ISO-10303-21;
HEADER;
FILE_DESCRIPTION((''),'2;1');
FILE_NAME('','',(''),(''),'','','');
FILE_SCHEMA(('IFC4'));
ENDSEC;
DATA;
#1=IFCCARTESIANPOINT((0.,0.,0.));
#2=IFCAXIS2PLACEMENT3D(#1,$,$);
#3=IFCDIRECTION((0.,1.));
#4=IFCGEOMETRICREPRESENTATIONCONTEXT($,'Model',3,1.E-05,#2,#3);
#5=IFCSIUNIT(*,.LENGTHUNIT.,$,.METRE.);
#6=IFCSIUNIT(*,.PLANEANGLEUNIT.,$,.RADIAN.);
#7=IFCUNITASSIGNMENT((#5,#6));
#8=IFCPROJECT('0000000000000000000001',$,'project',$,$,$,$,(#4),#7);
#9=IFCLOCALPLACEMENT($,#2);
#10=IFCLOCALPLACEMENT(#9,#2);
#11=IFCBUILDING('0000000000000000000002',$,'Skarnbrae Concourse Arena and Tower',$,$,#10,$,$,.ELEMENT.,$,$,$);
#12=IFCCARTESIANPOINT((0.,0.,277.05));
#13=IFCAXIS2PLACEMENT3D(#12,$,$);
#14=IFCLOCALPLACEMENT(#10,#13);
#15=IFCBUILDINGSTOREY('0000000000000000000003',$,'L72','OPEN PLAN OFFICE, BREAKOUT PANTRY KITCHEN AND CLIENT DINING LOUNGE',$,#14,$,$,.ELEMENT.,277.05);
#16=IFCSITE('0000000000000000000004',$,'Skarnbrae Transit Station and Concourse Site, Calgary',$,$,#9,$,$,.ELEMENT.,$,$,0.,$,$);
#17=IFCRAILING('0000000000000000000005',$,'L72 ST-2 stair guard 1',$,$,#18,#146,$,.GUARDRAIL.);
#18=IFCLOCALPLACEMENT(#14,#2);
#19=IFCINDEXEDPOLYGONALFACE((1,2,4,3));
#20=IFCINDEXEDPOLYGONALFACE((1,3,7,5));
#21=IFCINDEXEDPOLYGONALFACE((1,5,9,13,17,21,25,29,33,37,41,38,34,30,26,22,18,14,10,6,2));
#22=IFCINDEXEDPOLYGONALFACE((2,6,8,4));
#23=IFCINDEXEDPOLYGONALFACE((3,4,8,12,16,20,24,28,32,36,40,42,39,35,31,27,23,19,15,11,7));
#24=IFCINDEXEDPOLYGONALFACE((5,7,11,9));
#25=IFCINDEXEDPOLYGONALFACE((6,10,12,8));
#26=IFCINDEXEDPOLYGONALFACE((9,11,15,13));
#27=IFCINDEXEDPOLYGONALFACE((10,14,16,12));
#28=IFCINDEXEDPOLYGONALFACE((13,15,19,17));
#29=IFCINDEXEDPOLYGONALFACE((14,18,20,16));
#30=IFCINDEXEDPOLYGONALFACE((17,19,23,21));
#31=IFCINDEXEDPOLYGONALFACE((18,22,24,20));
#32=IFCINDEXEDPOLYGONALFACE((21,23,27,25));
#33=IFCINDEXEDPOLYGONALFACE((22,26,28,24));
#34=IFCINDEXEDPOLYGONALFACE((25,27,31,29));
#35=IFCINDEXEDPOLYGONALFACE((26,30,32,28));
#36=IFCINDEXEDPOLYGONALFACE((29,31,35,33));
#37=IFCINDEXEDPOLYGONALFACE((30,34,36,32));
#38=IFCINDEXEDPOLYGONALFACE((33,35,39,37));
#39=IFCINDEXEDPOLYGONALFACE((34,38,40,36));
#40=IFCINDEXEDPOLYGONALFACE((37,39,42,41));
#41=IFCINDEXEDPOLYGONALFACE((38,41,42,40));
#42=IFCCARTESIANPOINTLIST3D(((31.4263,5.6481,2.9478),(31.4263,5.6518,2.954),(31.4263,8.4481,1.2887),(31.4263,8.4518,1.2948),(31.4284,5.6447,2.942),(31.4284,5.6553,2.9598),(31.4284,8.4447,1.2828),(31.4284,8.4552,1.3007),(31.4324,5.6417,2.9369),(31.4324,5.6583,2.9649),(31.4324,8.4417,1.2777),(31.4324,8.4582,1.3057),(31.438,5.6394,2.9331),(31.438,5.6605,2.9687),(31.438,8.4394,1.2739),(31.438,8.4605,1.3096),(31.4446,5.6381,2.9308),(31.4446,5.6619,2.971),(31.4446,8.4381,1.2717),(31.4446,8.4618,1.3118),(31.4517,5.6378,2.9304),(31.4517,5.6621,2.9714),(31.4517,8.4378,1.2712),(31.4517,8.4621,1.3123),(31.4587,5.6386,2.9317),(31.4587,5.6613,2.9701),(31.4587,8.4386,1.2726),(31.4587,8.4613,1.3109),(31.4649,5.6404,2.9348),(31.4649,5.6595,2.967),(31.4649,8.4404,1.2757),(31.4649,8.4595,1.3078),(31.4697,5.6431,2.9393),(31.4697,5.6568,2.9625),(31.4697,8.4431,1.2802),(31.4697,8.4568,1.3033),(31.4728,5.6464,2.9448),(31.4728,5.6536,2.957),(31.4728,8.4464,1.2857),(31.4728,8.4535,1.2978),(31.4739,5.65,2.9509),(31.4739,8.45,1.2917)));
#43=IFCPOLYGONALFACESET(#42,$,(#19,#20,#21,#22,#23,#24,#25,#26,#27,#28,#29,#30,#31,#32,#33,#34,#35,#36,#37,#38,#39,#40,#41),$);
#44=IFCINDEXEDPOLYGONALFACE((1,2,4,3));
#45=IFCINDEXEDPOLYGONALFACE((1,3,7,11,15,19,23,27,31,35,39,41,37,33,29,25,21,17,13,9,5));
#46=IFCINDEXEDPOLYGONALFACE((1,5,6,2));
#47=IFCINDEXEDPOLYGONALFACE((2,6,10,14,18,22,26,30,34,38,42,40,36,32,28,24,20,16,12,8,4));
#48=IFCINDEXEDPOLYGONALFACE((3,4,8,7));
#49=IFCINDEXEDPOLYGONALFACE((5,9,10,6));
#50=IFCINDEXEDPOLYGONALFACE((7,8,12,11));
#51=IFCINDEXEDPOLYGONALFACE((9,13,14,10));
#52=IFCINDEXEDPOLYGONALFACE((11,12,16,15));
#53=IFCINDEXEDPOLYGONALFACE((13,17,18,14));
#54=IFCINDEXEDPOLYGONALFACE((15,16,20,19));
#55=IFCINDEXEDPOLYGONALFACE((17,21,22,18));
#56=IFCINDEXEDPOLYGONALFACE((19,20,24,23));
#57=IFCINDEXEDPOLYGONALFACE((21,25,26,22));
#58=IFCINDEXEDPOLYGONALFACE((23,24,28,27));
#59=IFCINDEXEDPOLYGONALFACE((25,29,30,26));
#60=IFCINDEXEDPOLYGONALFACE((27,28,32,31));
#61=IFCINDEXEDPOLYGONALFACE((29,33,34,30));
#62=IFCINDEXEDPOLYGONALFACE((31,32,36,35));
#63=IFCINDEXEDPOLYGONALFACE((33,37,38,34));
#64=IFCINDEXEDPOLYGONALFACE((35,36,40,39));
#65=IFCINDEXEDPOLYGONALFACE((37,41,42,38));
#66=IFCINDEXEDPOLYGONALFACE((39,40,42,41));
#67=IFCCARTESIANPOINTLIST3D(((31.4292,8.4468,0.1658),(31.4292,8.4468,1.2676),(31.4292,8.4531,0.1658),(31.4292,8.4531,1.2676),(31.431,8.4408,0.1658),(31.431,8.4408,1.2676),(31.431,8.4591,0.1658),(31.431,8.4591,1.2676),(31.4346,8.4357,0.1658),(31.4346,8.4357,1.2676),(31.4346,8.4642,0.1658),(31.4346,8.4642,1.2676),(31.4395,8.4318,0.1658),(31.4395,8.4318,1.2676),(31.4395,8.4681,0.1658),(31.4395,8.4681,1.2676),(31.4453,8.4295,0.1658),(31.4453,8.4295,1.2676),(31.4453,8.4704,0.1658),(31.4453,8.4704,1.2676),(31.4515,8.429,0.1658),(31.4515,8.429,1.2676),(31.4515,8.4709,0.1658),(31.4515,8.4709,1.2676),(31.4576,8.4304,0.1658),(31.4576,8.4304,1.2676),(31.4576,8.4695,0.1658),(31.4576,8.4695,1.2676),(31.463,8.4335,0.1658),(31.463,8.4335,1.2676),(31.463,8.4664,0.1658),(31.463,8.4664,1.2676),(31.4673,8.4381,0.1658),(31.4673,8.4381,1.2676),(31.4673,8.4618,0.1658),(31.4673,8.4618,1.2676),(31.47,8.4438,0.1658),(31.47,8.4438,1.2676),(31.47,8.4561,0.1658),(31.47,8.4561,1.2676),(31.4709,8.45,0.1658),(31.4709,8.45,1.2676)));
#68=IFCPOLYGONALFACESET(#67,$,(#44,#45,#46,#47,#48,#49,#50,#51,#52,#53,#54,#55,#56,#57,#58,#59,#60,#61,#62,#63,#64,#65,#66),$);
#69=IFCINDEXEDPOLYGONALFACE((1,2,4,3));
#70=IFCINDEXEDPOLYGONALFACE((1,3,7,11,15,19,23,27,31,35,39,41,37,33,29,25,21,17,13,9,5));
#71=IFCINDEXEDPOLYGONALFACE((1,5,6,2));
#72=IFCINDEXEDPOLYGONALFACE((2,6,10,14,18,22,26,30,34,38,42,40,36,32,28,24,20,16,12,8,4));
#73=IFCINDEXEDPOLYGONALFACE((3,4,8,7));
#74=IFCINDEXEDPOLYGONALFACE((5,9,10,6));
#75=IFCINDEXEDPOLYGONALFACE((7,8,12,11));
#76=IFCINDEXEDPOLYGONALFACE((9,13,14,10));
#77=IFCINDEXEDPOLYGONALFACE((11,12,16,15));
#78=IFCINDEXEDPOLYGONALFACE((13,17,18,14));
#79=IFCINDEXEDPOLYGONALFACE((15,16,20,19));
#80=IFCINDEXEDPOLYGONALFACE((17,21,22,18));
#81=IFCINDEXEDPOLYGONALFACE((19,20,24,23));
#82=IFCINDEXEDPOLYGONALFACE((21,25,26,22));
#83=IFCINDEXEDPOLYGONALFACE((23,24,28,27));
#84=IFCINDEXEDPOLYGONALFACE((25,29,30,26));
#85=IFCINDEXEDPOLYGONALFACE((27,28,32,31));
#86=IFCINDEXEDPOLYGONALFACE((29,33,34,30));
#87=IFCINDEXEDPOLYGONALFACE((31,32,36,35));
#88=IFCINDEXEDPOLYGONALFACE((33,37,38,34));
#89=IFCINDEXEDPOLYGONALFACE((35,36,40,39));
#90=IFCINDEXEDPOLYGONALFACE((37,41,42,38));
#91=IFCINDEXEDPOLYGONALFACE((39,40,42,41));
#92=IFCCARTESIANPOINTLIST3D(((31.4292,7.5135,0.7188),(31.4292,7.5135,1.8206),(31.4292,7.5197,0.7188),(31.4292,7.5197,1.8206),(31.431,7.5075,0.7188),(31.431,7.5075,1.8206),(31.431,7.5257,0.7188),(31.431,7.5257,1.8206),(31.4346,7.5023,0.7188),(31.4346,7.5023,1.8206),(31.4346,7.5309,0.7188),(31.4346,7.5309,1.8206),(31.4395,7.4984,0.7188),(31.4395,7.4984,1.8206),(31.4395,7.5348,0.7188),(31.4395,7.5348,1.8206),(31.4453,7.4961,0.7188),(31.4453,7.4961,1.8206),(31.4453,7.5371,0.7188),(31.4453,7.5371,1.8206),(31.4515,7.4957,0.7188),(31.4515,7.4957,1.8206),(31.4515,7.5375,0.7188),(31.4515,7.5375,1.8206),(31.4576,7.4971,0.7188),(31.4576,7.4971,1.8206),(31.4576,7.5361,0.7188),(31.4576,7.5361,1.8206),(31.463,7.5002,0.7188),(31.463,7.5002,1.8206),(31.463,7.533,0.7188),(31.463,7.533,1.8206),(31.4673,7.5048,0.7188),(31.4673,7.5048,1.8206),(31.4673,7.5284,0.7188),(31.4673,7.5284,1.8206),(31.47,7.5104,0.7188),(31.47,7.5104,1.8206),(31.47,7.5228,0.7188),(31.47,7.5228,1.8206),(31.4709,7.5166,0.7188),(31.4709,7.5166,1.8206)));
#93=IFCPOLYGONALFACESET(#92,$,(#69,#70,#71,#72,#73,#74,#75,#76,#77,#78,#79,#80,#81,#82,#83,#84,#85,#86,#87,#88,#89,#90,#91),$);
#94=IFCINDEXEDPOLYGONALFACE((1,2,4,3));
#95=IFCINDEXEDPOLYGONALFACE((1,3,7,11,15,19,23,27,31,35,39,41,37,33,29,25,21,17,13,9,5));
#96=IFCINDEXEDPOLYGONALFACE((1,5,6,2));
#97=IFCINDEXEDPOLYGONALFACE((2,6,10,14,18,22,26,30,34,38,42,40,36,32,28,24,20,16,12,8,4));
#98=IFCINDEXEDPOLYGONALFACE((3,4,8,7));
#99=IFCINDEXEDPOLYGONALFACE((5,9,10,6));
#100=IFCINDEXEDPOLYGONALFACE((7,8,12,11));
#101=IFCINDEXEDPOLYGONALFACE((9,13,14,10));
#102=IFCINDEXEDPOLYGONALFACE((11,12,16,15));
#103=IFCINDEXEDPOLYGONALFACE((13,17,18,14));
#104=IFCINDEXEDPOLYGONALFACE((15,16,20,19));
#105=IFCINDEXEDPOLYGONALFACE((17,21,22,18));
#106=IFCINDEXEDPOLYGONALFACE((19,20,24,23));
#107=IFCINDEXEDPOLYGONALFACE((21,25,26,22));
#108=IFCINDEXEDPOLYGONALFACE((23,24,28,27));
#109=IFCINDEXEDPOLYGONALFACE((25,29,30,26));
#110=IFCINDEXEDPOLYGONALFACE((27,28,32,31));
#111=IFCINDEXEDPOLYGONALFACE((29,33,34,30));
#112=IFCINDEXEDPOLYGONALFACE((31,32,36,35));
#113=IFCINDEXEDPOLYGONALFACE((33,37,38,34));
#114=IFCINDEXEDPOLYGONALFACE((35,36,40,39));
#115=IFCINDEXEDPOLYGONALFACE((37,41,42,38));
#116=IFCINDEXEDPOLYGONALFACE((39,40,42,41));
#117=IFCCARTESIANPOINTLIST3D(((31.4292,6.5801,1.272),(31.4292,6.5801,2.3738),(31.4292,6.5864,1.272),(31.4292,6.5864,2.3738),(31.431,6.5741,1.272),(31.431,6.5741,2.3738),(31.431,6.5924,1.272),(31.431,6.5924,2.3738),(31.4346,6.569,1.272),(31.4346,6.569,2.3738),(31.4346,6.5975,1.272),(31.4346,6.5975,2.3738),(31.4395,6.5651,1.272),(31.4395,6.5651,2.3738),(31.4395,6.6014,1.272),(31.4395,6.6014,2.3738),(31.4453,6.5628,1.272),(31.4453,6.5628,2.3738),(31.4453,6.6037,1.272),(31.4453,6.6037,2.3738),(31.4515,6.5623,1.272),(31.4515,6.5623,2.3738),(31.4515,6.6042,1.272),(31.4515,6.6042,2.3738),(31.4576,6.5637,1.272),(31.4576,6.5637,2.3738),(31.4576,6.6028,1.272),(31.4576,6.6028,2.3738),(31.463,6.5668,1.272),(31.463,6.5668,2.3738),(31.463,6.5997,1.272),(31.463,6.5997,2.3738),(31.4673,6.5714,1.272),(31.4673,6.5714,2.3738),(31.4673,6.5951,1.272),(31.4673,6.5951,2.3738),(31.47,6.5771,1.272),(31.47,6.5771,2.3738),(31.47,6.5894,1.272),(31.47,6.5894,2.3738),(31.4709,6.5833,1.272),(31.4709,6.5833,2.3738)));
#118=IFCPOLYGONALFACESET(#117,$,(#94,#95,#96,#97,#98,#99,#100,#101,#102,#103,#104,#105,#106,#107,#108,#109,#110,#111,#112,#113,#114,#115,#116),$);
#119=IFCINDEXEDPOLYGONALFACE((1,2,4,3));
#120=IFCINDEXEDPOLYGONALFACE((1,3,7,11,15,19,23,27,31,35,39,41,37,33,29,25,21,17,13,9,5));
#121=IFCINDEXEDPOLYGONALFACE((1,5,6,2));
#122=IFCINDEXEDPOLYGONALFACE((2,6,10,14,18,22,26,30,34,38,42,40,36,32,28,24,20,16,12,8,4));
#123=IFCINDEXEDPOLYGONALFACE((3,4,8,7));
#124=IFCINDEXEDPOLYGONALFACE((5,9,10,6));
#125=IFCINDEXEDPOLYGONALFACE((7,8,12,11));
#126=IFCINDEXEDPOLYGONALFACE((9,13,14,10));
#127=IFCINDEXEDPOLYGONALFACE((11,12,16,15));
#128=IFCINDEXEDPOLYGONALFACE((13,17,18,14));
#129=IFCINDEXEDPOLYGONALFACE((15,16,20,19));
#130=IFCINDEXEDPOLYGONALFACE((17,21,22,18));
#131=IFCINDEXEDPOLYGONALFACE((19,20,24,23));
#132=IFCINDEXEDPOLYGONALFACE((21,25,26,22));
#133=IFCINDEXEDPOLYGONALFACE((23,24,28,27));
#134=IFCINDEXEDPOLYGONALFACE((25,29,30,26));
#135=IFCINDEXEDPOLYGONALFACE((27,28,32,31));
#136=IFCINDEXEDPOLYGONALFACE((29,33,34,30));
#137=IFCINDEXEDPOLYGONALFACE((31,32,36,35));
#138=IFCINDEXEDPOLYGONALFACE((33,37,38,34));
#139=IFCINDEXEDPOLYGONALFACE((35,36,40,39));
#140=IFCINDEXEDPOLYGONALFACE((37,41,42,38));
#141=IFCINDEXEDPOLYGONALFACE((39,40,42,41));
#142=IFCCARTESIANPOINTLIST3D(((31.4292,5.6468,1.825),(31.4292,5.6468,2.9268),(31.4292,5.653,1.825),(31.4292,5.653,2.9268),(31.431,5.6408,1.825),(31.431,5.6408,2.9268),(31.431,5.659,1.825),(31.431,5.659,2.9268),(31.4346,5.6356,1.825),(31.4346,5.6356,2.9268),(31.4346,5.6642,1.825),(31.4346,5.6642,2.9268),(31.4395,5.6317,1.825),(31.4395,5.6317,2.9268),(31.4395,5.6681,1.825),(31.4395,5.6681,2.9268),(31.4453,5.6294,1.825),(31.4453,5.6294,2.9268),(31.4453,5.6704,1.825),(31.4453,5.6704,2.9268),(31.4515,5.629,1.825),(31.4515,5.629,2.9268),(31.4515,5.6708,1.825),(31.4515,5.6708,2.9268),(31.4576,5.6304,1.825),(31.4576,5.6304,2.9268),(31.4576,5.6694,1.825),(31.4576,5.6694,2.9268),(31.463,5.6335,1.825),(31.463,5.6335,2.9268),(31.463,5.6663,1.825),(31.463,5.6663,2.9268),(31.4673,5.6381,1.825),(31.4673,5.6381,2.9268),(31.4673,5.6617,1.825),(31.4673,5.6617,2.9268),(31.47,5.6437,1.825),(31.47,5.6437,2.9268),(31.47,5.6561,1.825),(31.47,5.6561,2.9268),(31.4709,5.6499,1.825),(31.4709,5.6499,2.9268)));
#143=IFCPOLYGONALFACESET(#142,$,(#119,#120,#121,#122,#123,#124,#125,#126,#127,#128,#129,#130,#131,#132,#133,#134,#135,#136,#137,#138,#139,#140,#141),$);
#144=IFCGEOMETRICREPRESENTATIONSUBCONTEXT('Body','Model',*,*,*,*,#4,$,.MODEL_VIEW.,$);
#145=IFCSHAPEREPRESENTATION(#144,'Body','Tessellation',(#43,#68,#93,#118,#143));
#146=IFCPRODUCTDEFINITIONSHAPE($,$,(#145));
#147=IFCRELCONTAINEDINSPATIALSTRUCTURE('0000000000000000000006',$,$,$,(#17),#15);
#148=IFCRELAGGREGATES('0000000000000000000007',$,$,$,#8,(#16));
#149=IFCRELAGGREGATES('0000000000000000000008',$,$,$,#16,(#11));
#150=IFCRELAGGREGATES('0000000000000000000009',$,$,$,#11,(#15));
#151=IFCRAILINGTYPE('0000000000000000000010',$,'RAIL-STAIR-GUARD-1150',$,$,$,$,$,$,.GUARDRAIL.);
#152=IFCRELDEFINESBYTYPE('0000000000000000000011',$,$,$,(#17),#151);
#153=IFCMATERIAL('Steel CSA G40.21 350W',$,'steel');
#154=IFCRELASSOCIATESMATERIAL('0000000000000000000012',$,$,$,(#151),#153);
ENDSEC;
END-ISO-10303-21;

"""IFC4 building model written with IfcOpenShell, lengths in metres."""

from ifc_helpers import new_model, si_unit, direction, frame, origin, origin_2d, place, context, subcontext, project, spatial, circle, extrude, material, type_object, element, save


model = new_model("IFC4")

# Units and contexts
model_context = context("Model", 3, precision=1e-05, world=origin(), true_north=direction((0.0, 1.0)))
body_context = subcontext(model_context, "Body", "Model", "MODEL_VIEW")
ifc_project = project(units=[si_unit("LENGTHUNIT", "METRE"), si_unit("PLANEANGLEUNIT", "RADIAN")], contexts=[model_context])

# Site, building, storey
site_placement = place(None, origin())
site = spatial("IfcSite", under=ifc_project, at=site_placement, Name="Skarnbrae Transit Station and Concourse Site, Calgary", CompositionType="ELEMENT", RefElevation=0.0)
building_placement = place(site_placement, origin())
building = spatial("IfcBuilding", under=site, at=building_placement, Name="Skarnbrae Concourse Arena and Tower", CompositionType="ELEMENT")
storey_placement = place(building_placement, frame((0.0, 0.0, 277.05)))
storey = spatial("IfcBuildingStorey", under=building, at=storey_placement, Name="L72", Description="OPEN PLAN OFFICE, BREAKOUT PANTRY KITCHEN AND CLIENT DINING LOUNGE", CompositionType="ELEMENT", Elevation=277.05)

# Shared definitions
ifc_material_1 = material(Name="Steel CSA G40.21 350W", Category="steel")

# Railing
railing_type = type_object("IfcRailingType", Name="RAIL-STAIR-GUARD-1150", PredefinedType="GUARDRAIL", material=ifc_material_1)
railing_1_placement = place(storey_placement, frame((31.45, 8.45, 0.1658)))
element("IfcRailing", 1, at=railing_1_placement, inside=storey, type_object=railing_type, Name="L72 ST-2 stair guard 1", PredefinedType="GUARDRAIL", context=body_context, shape_type="SweptSolid", body=[
    extrude(circle(Radius=0.0239, at=origin_2d()), frame((0.0, 0.0, 1.126), z_axis=(0.0, -0.860306, 0.509778), x_axis=(1.0, 0.0, 0.0)), (0.0, 0.0, 1.0), 3.2546),
    extrude(circle(Radius=0.021, at=origin_2d()), origin(), (0.0, 0.0, 1.0), 1.1018),
    extrude(circle(Radius=0.021, at=origin_2d()), frame((0.0, -0.9333, 0.553)), (0.0, 0.0, 1.0), 1.1018),
    extrude(circle(Radius=0.021, at=origin_2d()), frame((0.0, -1.8667, 1.1062)), (0.0, 0.0, 1.0), 1.1018),
    extrude(circle(Radius=0.021, at=origin_2d()), frame((0.0, -2.8, 1.6592)), (0.0, 0.0, 1.0), 1.1018),
])

save(model, "model.ifc")
